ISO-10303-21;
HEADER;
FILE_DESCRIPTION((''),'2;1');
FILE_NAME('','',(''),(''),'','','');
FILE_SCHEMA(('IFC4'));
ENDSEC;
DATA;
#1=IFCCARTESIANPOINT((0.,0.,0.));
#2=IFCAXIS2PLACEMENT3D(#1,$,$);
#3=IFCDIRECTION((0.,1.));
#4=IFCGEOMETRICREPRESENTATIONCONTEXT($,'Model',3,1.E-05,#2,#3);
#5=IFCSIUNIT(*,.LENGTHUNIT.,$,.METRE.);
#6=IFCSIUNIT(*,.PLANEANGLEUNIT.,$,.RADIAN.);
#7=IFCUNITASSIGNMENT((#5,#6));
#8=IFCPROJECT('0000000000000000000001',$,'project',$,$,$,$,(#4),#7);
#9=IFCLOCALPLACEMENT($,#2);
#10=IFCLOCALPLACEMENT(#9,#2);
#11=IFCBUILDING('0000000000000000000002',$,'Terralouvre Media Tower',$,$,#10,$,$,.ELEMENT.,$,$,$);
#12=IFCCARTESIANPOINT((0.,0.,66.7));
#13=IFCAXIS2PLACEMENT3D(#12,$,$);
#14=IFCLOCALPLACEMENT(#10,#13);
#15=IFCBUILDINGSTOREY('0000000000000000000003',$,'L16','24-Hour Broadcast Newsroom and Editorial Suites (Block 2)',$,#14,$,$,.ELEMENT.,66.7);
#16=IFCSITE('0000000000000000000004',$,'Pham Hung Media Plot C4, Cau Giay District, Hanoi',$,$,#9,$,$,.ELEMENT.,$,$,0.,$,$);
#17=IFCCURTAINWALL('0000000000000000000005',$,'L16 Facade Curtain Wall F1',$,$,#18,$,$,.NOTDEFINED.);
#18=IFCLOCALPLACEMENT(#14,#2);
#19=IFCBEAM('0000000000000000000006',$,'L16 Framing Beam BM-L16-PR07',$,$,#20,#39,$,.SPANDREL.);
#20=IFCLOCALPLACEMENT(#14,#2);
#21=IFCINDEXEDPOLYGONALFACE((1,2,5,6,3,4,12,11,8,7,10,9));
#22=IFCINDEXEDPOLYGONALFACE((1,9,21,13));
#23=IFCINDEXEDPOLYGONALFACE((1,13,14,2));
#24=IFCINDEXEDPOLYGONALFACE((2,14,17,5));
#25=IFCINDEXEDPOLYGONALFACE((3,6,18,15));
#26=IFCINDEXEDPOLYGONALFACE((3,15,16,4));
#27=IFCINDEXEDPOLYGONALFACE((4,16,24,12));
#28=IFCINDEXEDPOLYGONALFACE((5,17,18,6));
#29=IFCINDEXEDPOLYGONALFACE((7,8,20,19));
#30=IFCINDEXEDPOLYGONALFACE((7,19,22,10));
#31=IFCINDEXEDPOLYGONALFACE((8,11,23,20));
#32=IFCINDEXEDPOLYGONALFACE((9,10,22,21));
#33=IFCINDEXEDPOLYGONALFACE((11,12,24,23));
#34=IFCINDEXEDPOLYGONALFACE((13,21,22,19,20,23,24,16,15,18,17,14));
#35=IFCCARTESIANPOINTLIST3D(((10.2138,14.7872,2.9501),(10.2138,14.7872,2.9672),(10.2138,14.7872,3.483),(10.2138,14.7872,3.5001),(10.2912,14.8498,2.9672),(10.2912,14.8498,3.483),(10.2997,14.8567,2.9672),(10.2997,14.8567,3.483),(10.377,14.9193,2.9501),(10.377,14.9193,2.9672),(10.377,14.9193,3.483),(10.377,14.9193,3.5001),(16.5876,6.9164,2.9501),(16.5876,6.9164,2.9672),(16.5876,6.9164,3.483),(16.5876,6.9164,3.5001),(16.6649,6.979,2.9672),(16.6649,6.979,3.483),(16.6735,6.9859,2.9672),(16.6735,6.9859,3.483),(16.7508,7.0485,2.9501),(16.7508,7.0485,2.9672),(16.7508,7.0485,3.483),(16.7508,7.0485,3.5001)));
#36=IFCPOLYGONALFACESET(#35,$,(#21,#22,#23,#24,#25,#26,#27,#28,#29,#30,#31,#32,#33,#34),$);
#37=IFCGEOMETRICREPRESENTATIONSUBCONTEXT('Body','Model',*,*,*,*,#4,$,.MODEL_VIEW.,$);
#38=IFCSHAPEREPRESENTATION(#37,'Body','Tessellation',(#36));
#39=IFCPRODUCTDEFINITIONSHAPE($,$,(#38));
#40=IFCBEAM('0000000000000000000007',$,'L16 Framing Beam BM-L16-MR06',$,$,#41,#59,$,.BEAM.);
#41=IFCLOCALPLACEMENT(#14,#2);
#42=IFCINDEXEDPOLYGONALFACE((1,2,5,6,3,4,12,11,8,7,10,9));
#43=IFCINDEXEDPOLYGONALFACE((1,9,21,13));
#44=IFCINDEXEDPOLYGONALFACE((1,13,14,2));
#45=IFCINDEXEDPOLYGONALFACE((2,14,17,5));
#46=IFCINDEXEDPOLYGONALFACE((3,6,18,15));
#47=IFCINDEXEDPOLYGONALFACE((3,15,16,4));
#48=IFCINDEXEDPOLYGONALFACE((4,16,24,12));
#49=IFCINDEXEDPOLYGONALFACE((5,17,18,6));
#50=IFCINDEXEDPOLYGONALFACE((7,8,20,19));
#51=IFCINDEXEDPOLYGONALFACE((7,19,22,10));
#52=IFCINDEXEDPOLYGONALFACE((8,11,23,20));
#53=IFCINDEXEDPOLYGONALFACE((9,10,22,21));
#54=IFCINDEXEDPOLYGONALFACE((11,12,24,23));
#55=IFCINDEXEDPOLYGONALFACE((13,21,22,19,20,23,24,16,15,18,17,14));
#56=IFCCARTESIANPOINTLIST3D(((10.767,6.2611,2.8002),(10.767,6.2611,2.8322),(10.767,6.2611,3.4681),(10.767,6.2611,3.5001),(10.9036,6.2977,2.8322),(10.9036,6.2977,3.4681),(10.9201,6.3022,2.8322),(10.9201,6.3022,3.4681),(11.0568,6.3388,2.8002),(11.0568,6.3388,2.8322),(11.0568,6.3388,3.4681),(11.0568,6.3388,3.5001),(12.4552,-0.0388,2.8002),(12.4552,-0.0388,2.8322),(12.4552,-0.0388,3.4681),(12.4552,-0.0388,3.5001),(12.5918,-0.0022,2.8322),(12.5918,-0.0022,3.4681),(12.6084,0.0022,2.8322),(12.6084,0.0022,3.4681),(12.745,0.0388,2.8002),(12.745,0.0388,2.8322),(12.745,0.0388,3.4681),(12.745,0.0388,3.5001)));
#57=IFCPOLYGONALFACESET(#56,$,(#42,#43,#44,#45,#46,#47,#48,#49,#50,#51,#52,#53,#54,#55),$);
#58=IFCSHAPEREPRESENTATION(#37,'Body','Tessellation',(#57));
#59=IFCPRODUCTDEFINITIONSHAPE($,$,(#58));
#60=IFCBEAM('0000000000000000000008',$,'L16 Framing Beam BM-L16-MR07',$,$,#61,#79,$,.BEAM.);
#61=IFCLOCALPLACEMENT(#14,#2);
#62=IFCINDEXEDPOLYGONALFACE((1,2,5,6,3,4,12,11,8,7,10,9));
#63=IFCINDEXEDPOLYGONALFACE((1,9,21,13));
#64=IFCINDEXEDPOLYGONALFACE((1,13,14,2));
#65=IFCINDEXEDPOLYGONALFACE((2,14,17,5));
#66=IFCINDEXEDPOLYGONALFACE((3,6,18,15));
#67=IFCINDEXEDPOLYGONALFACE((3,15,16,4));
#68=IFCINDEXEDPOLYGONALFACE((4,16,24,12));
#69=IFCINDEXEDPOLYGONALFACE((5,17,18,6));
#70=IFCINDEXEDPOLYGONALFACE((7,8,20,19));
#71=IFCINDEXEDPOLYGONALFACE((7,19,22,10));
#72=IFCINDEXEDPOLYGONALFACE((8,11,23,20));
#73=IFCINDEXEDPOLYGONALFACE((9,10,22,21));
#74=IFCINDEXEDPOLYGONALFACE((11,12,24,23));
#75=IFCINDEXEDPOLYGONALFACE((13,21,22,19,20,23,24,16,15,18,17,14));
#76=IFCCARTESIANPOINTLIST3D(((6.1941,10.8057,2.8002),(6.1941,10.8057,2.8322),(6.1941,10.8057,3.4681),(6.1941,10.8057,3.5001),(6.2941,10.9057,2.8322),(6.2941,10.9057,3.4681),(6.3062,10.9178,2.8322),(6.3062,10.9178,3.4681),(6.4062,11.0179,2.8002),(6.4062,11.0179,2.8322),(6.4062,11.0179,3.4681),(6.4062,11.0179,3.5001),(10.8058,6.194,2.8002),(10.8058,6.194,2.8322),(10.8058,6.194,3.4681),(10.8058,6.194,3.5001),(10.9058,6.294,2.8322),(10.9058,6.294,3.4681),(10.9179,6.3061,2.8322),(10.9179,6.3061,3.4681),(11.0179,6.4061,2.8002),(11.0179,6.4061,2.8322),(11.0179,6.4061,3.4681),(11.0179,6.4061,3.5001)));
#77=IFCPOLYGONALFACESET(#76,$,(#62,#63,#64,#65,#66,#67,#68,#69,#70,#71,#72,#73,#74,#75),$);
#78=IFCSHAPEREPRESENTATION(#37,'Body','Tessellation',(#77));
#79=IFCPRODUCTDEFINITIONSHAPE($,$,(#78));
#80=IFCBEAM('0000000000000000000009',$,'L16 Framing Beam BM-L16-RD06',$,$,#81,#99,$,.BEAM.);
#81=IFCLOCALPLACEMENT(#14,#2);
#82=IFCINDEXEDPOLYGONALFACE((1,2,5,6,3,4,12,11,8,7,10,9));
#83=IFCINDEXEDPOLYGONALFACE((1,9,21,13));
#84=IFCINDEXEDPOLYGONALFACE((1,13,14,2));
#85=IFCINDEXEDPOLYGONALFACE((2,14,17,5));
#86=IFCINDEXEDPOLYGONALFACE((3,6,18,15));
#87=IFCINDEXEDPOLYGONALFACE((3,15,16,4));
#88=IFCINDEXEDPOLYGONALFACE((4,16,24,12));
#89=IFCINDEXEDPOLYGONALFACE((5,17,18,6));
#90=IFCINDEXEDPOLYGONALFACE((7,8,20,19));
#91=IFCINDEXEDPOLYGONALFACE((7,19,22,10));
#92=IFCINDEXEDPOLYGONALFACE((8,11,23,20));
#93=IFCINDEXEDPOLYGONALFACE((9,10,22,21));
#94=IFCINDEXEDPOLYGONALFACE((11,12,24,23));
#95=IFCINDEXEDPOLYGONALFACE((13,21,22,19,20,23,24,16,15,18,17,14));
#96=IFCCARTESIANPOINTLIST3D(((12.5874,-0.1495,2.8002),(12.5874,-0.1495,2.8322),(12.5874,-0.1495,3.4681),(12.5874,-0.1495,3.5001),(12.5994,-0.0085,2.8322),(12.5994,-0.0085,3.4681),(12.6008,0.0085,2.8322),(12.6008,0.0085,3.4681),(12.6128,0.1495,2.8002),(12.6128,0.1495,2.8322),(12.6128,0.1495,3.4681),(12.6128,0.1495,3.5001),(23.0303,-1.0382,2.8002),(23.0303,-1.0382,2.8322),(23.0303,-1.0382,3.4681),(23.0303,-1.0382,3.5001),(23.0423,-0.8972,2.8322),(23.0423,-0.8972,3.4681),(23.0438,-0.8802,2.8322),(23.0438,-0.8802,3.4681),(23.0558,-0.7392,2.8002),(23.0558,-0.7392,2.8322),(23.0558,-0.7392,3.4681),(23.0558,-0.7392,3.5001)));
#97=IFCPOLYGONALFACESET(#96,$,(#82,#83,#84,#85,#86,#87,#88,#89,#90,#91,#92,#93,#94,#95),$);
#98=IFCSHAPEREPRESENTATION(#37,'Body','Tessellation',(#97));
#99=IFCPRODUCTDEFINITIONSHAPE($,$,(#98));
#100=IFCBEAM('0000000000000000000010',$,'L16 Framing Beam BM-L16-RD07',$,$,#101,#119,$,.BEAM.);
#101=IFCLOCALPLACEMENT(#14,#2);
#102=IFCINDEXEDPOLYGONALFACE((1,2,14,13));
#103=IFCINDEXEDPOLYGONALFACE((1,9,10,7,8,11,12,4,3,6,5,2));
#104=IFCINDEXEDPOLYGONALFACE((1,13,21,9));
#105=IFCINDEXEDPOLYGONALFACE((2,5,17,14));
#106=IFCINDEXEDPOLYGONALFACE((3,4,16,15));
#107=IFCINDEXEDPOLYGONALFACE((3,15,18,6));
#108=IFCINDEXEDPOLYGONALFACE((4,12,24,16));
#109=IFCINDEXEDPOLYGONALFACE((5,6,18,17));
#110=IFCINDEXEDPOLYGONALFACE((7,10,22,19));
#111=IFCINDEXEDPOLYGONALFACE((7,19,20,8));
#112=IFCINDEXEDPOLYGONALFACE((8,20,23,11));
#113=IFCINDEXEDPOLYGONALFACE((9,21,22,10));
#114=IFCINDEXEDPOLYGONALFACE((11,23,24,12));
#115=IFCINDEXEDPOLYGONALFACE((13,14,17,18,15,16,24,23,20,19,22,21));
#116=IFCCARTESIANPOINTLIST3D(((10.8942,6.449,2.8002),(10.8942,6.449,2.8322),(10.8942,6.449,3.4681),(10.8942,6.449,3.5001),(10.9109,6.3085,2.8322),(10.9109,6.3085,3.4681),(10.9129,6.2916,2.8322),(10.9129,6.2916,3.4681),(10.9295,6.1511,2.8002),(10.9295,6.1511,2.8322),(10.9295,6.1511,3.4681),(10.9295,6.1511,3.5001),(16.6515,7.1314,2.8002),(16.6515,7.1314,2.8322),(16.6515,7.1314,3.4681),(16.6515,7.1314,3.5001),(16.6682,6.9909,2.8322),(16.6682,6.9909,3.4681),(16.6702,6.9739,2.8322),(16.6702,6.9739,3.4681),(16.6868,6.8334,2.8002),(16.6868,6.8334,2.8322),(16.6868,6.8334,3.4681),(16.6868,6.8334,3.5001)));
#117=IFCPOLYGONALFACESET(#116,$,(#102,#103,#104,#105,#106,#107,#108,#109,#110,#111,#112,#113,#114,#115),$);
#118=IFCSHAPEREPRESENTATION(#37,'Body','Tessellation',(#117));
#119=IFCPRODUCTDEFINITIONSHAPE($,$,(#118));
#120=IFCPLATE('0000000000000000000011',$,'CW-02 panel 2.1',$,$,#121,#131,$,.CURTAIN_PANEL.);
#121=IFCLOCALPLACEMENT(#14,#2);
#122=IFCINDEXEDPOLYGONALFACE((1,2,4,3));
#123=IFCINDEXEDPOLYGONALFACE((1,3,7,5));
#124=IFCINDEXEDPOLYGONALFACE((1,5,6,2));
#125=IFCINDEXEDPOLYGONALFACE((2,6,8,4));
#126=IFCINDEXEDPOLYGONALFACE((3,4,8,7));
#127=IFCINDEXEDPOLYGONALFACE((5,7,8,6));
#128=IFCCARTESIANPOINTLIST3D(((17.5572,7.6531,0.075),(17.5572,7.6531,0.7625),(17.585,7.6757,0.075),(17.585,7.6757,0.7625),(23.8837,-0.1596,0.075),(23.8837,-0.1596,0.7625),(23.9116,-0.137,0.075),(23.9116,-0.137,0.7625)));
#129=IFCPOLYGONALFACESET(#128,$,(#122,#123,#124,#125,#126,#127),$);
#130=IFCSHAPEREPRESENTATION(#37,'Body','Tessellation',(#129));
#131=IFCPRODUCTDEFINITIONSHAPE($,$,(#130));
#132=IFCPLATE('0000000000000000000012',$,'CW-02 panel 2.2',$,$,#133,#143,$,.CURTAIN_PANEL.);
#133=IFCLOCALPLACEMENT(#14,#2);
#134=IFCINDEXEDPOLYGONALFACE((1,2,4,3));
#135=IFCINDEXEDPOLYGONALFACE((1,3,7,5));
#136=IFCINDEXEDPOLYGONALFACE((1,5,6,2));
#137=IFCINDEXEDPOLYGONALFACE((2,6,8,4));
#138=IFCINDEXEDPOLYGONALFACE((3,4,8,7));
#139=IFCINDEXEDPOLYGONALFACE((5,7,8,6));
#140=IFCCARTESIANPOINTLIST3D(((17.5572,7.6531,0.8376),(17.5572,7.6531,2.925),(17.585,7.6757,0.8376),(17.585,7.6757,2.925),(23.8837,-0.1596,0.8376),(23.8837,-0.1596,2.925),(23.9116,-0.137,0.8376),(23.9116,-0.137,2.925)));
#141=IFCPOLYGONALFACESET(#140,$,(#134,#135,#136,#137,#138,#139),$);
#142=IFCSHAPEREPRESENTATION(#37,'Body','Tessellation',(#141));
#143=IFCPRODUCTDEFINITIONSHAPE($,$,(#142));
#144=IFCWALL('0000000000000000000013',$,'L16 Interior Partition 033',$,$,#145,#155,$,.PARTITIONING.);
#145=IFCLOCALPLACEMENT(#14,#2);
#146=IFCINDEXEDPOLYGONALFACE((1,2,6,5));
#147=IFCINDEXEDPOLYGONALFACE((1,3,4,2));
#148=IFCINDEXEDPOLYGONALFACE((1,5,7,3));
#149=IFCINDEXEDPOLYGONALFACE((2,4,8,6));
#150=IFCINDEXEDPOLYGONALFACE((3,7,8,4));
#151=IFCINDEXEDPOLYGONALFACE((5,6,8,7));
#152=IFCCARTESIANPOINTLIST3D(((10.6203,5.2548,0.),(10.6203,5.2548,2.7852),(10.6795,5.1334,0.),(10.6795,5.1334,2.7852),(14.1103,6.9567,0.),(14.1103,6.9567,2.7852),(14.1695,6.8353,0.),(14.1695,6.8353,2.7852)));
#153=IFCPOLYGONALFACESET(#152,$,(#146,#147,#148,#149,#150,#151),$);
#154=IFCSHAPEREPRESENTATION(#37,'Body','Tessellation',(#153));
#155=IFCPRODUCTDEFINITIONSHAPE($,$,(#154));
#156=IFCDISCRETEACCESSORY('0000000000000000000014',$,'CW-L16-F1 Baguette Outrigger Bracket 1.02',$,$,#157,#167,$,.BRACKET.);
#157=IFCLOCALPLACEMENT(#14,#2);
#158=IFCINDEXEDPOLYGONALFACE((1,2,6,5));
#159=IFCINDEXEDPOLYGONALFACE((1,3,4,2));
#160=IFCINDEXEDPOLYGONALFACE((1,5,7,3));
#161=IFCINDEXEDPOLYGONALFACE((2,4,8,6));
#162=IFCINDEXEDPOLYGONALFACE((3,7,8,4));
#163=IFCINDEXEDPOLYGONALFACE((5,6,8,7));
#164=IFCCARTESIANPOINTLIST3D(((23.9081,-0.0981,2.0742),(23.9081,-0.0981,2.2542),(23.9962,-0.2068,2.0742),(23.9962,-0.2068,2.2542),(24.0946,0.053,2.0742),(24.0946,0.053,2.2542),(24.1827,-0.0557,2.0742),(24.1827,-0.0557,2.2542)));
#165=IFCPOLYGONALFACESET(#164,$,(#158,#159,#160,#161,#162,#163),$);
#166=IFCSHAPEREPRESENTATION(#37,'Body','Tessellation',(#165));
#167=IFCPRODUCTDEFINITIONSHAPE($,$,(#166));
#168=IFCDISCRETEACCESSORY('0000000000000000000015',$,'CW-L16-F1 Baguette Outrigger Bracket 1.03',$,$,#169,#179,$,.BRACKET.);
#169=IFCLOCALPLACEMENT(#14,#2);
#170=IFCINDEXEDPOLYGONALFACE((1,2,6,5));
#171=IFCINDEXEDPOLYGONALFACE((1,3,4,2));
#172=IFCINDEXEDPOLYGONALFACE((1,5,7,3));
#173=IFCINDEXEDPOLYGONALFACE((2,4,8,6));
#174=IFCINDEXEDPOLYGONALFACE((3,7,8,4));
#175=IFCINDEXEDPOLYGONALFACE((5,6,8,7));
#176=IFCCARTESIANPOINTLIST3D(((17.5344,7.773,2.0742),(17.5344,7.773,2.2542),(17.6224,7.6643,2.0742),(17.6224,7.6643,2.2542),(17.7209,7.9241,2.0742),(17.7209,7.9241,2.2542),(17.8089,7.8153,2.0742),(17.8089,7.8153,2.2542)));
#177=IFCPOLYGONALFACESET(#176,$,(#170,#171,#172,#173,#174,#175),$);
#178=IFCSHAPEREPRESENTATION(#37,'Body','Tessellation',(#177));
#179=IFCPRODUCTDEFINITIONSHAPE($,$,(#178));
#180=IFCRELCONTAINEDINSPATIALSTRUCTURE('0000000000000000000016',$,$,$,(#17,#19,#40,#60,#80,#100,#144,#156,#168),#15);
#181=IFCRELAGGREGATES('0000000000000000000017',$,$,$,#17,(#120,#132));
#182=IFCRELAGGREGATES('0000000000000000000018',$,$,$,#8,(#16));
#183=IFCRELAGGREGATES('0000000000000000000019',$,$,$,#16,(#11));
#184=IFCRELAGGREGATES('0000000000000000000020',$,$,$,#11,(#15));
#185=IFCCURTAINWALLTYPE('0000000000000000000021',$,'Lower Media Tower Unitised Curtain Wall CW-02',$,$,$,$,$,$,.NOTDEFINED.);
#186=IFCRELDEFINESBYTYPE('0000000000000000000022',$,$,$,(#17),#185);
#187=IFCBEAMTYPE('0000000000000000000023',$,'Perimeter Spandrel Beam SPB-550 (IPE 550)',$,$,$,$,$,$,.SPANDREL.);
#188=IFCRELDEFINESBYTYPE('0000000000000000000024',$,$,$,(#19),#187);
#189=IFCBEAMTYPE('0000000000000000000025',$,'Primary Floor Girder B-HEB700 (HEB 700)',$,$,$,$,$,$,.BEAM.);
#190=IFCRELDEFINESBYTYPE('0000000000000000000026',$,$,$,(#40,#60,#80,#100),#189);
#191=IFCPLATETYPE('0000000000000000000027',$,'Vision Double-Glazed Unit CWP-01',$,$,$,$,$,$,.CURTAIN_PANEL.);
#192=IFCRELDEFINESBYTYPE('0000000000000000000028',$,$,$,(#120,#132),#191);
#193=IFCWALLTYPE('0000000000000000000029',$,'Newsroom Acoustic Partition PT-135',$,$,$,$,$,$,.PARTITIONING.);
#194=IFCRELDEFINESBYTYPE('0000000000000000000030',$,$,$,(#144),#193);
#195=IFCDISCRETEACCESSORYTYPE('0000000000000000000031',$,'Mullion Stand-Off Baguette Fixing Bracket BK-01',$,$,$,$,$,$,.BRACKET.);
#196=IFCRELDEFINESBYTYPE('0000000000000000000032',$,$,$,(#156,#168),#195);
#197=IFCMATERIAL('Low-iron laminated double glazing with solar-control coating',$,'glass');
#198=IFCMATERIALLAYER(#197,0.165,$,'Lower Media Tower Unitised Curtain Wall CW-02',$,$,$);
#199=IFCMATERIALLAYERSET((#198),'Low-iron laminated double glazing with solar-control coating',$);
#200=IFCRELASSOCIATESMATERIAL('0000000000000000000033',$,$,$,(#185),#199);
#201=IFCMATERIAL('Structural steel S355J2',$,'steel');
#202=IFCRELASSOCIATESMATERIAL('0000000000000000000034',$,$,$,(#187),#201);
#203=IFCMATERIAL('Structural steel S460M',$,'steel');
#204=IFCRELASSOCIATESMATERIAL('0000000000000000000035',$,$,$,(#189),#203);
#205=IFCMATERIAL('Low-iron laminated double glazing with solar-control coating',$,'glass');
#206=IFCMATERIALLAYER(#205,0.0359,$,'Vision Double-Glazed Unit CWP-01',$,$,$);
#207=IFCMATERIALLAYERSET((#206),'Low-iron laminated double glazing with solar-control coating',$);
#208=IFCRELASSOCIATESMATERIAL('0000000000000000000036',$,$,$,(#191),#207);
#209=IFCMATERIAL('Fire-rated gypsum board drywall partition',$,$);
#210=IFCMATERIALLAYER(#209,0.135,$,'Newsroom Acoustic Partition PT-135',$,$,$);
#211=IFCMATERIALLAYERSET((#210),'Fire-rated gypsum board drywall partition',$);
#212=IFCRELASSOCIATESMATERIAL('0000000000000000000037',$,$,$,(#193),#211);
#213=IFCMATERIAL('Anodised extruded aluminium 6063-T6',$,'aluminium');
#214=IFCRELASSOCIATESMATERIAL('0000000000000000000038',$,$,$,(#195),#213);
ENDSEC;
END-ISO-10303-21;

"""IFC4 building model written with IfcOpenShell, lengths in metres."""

from ifc_helpers import new_model, si_unit, direction, frame, frame_2d, origin, origin_2d, place, context, subcontext, project, spatial, rectangle, i_section, extrude, material, layer, layer_set, material_profile, profile_set, type_object, element, aggregate, save


model = new_model("IFC4")

# Units and contexts
model_context = context("Model", 3, precision=1e-05, world=origin(), true_north=direction((0.0, 1.0)))
body_context = subcontext(model_context, "Body", "Model", "MODEL_VIEW")
ifc_project = project(units=[si_unit("LENGTHUNIT", "METRE"), si_unit("PLANEANGLEUNIT", "RADIAN")], contexts=[model_context])

# Site, building, storey
site_placement = place(None, origin())
site = spatial("IfcSite", under=ifc_project, at=site_placement, Name="Pham Hung Media Plot C4, Cau Giay District, Hanoi", CompositionType="ELEMENT", RefElevation=0.0)
building_placement = place(site_placement, origin())
building = spatial("IfcBuilding", under=site, at=building_placement, Name="Terralouvre Media Tower", CompositionType="ELEMENT")
storey_placement = place(building_placement, frame((0.0, 0.0, 66.7)))
storey = spatial("IfcBuildingStorey", under=building, at=storey_placement, Name="L16", Description="24-Hour Broadcast Newsroom and Editorial Suites (Block 2)", CompositionType="ELEMENT", Elevation=66.7)

# Curtain wall
ifc_material_1 = material(Name="Low-iron laminated double glazing with solar-control coating", Category="glass")
ifc_layer_1 = layer(ifc_material_1, 0.165, Name="Lower Media Tower Unitised Curtain Wall CW-02")
ifc_layer_set_1 = layer_set([ifc_layer_1], Name="Low-iron laminated double glazing with solar-control coating")
curtain_wall_type = type_object("IfcCurtainWallType", Name="Lower Media Tower Unitised Curtain Wall CW-02", PredefinedType="NOTDEFINED", material=ifc_layer_set_1)
curtain_wall_placement = place(storey_placement, origin())
curtain_wall = element("IfcCurtainWall", 1, at=curtain_wall_placement, inside=storey, type_object=curtain_wall_type, Name="L16 Facade Curtain Wall F1", PredefinedType="NOTDEFINED")

# Beams
ifc_material_2 = material(Name="Structural steel S355J2", Category="steel")
ifc_material_profile_1 = material_profile(ifc_material_2, i_section(OverallWidth=0.21, OverallDepth=0.55, WebThickness=0.011, FlangeThickness=0.0171, at=origin_2d()), Name="IPE 550")
ifc_profile_set_1 = profile_set([ifc_material_profile_1], Name="Structural steel S355J2")
beam_type_1 = type_object("IfcBeamType", Name="Perimeter Spandrel Beam SPB-550 (IPE 550)", PredefinedType="SPANDREL", material=ifc_profile_set_1)
beam_1_placement = place(storey_placement, frame((16.6692, 6.9824, 3.2251), z_axis=(-0.629326, 0.777142, 0.0), x_axis=(-0.777142, -0.629326, 0.0)))
element("IfcBeam", 2, at=beam_1_placement, inside=storey, type_object=beam_type_1, Name="L16 Framing Beam BM-L16-PR07", PredefinedType="SPANDREL", context=body_context, shape_type="SweptSolid", body=[
    extrude(i_section(OverallWidth=0.21, OverallDepth=0.55, WebThickness=0.011, FlangeThickness=0.0171, at=origin_2d()), origin(), (0.0, 0.0, 1.0), 10.1279),
])
ifc_material_3 = material(Name="Structural steel S460M", Category="steel")
ifc_material_profile_2 = material_profile(ifc_material_3, i_section(OverallWidth=0.3, OverallDepth=0.7, WebThickness=0.0171, FlangeThickness=0.032, at=origin_2d()), Name="HEB 700")
ifc_profile_set_2 = profile_set([ifc_material_profile_2], Name="Structural steel S460M")
beam_type_2 = type_object("IfcBeamType", Name="Primary Floor Girder B-HEB700 (HEB 700)", PredefinedType="BEAM", material=ifc_profile_set_2)
beam_2_placement = place(storey_placement, frame((12.6001, 0.0, 3.1501), z_axis=(-0.258839, 0.96592, 0.0), x_axis=(-0.96592, -0.258839, 0.0)))
element("IfcBeam", 3, at=beam_2_placement, inside=storey, type_object=beam_type_2, Name="L16 Framing Beam BM-L16-MR06", PredefinedType="BEAM", context=body_context, shape_type="SweptSolid", body=[
    extrude(i_section(OverallWidth=0.3, OverallDepth=0.7, WebThickness=0.0171, FlangeThickness=0.032, at=origin_2d()), origin(), (0.0, 0.0, 1.0), 6.5222),
])
beam_3_placement = place(storey_placement, frame((10.9119, 6.3, 3.1501), z_axis=(-0.707107, 0.707107, 0.0), x_axis=(-0.707107, -0.707107, 0.0)))
element("IfcBeam", 4, at=beam_3_placement, inside=storey, type_object=beam_type_2, Name="L16 Framing Beam BM-L16-MR07", PredefinedType="BEAM", context=body_context, shape_type="SweptSolid", body=[
    extrude(i_section(OverallWidth=0.3, OverallDepth=0.7, WebThickness=0.0171, FlangeThickness=0.032, at=origin_2d()), origin(), (0.0, 0.0, 1.0), 6.522),
])
beam_4_placement = place(storey_placement, frame((12.6001, 0.0, 3.1501), z_axis=(0.996399, -0.084792, 0.0), x_axis=(0.084792, 0.996399, 0.0)))
element("IfcBeam", 5, at=beam_4_placement, inside=storey, type_object=beam_type_2, Name="L16 Framing Beam BM-L16-RD06", PredefinedType="BEAM", context=body_context, shape_type="SweptSolid", body=[
    extrude(i_section(OverallWidth=0.3, OverallDepth=0.7, WebThickness=0.0171, FlangeThickness=0.032, at=origin_2d()), origin(), (0.0, 0.0, 1.0), 10.4807),
])
beam_5_placement = place(storey_placement, frame((10.9119, 6.3, 3.1501), z_axis=(0.993049, 0.117699, 0.0), x_axis=(-0.117699, 0.993049, 0.0)))
element("IfcBeam", 6, at=beam_5_placement, inside=storey, type_object=beam_type_2, Name="L16 Framing Beam BM-L16-RD07", PredefinedType="BEAM", context=body_context, shape_type="SweptSolid", body=[
    extrude(i_section(OverallWidth=0.3, OverallDepth=0.7, WebThickness=0.0171, FlangeThickness=0.032, at=origin_2d()), origin(), (0.0, 0.0, 1.0), 5.7976),
])

# Plates
ifc_material_4 = material(Name="Low-iron laminated double glazing with solar-control coating", Category="glass")
ifc_layer_2 = layer(ifc_material_4, 0.0359, Name="Vision Double-Glazed Unit CWP-01")
ifc_layer_set_2 = layer_set([ifc_layer_2], Name="Low-iron laminated double glazing with solar-control coating")
plate_type = type_object("IfcPlateType", Name="Vision Double-Glazed Unit CWP-01", PredefinedType="CURTAIN_PANEL", material=ifc_layer_set_2)
plate_1_placement = place(storey_placement, frame((20.7344, 3.7581, 0.075), z_axis=(0.0, 0.0, 1.0), x_axis=(-0.62932, 0.777146, 0.0)))
plate_1 = element("IfcPlate", 7, at=plate_1_placement, type_object=plate_type, Name="CW-02 panel 2.1", PredefinedType="CURTAIN_PANEL", context=body_context, shape_type="SweptSolid", body=[
    extrude(rectangle(XDim=10.053, YDim=0.0359, at=origin_2d()), origin(), (0.0, 0.0, 1.0), 0.6875),
])
plate_2_placement = place(storey_placement, frame((20.7344, 3.7581, 0.8376), z_axis=(0.0, 0.0, 1.0), x_axis=(-0.62932, 0.777146, 0.0)))
plate_2 = element("IfcPlate", 8, at=plate_2_placement, type_object=plate_type, Name="CW-02 panel 2.2", PredefinedType="CURTAIN_PANEL", context=body_context, shape_type="SweptSolid", body=[
    extrude(rectangle(XDim=10.053, YDim=0.0359, at=origin_2d()), origin(), (0.0, 0.0, 1.0), 2.0874),
])
aggregate(curtain_wall, [plate_1, plate_2])

# Wall
ifc_material_5 = material(Name="Fire-rated gypsum board drywall partition")
ifc_layer_3 = layer(ifc_material_5, 0.135, Name="Newsroom Acoustic Partition PT-135")
ifc_layer_set_3 = layer_set([ifc_layer_3], Name="Fire-rated gypsum board drywall partition")
wall_type = type_object("IfcWallType", Name="Newsroom Acoustic Partition PT-135", PredefinedType="PARTITIONING", material=ifc_layer_set_3)
wall_placement = place(storey_placement, frame((14.1399, 6.896, 0.0), z_axis=(0.0, 0.0, 1.0), x_axis=(-0.898822, -0.438313, 0.0)))
element("IfcWall", 9, at=wall_placement, inside=storey, type_object=wall_type, Name="L16 Interior Partition 033", PredefinedType="PARTITIONING", context=body_context, shape_type="SweptSolid", body=[
    extrude(rectangle(XDim=3.8828, YDim=0.135, at=frame_2d((1.9414, 0.0))), origin(), (0.0, 0.0, 1.0), 2.7852),
])

# Discrete accessories
ifc_material_6 = material(Name="Anodised extruded aluminium 6063-T6", Category="aluminium")
discrete_accessory_type = type_object("IfcDiscreteAccessoryType", Name="Mullion Stand-Off Baguette Fixing Bracket BK-01", PredefinedType="BRACKET", material=ifc_material_6)
for number, where, z_axis, x_axis, name in (
    (10, (24.0454, -0.0769, 2.0742), (0.0, 0.0, 1.0), (-0.62932, 0.777146, 0.0), "CW-L16-F1 Baguette Outrigger Bracket 1.02"),
    (11, (17.6716, 7.7942, 2.0742), (0.0, 0.0, 1.0), (-0.62932, 0.777146, 0.0), "CW-L16-F1 Baguette Outrigger Bracket 1.03"),
):
    element("IfcDiscreteAccessory", number, at=place(storey_placement, frame(where, z_axis=z_axis, x_axis=x_axis)), inside=storey, type_object=discrete_accessory_type, Name=name, PredefinedType="BRACKET", context=body_context, shape_type="SweptSolid", body=[
        extrude(rectangle(XDim=0.1399, YDim=0.24, at=origin_2d()), origin(), (0.0, 0.0, 1.0), 0.1799),
    ])

save(model, "model.ifc")
